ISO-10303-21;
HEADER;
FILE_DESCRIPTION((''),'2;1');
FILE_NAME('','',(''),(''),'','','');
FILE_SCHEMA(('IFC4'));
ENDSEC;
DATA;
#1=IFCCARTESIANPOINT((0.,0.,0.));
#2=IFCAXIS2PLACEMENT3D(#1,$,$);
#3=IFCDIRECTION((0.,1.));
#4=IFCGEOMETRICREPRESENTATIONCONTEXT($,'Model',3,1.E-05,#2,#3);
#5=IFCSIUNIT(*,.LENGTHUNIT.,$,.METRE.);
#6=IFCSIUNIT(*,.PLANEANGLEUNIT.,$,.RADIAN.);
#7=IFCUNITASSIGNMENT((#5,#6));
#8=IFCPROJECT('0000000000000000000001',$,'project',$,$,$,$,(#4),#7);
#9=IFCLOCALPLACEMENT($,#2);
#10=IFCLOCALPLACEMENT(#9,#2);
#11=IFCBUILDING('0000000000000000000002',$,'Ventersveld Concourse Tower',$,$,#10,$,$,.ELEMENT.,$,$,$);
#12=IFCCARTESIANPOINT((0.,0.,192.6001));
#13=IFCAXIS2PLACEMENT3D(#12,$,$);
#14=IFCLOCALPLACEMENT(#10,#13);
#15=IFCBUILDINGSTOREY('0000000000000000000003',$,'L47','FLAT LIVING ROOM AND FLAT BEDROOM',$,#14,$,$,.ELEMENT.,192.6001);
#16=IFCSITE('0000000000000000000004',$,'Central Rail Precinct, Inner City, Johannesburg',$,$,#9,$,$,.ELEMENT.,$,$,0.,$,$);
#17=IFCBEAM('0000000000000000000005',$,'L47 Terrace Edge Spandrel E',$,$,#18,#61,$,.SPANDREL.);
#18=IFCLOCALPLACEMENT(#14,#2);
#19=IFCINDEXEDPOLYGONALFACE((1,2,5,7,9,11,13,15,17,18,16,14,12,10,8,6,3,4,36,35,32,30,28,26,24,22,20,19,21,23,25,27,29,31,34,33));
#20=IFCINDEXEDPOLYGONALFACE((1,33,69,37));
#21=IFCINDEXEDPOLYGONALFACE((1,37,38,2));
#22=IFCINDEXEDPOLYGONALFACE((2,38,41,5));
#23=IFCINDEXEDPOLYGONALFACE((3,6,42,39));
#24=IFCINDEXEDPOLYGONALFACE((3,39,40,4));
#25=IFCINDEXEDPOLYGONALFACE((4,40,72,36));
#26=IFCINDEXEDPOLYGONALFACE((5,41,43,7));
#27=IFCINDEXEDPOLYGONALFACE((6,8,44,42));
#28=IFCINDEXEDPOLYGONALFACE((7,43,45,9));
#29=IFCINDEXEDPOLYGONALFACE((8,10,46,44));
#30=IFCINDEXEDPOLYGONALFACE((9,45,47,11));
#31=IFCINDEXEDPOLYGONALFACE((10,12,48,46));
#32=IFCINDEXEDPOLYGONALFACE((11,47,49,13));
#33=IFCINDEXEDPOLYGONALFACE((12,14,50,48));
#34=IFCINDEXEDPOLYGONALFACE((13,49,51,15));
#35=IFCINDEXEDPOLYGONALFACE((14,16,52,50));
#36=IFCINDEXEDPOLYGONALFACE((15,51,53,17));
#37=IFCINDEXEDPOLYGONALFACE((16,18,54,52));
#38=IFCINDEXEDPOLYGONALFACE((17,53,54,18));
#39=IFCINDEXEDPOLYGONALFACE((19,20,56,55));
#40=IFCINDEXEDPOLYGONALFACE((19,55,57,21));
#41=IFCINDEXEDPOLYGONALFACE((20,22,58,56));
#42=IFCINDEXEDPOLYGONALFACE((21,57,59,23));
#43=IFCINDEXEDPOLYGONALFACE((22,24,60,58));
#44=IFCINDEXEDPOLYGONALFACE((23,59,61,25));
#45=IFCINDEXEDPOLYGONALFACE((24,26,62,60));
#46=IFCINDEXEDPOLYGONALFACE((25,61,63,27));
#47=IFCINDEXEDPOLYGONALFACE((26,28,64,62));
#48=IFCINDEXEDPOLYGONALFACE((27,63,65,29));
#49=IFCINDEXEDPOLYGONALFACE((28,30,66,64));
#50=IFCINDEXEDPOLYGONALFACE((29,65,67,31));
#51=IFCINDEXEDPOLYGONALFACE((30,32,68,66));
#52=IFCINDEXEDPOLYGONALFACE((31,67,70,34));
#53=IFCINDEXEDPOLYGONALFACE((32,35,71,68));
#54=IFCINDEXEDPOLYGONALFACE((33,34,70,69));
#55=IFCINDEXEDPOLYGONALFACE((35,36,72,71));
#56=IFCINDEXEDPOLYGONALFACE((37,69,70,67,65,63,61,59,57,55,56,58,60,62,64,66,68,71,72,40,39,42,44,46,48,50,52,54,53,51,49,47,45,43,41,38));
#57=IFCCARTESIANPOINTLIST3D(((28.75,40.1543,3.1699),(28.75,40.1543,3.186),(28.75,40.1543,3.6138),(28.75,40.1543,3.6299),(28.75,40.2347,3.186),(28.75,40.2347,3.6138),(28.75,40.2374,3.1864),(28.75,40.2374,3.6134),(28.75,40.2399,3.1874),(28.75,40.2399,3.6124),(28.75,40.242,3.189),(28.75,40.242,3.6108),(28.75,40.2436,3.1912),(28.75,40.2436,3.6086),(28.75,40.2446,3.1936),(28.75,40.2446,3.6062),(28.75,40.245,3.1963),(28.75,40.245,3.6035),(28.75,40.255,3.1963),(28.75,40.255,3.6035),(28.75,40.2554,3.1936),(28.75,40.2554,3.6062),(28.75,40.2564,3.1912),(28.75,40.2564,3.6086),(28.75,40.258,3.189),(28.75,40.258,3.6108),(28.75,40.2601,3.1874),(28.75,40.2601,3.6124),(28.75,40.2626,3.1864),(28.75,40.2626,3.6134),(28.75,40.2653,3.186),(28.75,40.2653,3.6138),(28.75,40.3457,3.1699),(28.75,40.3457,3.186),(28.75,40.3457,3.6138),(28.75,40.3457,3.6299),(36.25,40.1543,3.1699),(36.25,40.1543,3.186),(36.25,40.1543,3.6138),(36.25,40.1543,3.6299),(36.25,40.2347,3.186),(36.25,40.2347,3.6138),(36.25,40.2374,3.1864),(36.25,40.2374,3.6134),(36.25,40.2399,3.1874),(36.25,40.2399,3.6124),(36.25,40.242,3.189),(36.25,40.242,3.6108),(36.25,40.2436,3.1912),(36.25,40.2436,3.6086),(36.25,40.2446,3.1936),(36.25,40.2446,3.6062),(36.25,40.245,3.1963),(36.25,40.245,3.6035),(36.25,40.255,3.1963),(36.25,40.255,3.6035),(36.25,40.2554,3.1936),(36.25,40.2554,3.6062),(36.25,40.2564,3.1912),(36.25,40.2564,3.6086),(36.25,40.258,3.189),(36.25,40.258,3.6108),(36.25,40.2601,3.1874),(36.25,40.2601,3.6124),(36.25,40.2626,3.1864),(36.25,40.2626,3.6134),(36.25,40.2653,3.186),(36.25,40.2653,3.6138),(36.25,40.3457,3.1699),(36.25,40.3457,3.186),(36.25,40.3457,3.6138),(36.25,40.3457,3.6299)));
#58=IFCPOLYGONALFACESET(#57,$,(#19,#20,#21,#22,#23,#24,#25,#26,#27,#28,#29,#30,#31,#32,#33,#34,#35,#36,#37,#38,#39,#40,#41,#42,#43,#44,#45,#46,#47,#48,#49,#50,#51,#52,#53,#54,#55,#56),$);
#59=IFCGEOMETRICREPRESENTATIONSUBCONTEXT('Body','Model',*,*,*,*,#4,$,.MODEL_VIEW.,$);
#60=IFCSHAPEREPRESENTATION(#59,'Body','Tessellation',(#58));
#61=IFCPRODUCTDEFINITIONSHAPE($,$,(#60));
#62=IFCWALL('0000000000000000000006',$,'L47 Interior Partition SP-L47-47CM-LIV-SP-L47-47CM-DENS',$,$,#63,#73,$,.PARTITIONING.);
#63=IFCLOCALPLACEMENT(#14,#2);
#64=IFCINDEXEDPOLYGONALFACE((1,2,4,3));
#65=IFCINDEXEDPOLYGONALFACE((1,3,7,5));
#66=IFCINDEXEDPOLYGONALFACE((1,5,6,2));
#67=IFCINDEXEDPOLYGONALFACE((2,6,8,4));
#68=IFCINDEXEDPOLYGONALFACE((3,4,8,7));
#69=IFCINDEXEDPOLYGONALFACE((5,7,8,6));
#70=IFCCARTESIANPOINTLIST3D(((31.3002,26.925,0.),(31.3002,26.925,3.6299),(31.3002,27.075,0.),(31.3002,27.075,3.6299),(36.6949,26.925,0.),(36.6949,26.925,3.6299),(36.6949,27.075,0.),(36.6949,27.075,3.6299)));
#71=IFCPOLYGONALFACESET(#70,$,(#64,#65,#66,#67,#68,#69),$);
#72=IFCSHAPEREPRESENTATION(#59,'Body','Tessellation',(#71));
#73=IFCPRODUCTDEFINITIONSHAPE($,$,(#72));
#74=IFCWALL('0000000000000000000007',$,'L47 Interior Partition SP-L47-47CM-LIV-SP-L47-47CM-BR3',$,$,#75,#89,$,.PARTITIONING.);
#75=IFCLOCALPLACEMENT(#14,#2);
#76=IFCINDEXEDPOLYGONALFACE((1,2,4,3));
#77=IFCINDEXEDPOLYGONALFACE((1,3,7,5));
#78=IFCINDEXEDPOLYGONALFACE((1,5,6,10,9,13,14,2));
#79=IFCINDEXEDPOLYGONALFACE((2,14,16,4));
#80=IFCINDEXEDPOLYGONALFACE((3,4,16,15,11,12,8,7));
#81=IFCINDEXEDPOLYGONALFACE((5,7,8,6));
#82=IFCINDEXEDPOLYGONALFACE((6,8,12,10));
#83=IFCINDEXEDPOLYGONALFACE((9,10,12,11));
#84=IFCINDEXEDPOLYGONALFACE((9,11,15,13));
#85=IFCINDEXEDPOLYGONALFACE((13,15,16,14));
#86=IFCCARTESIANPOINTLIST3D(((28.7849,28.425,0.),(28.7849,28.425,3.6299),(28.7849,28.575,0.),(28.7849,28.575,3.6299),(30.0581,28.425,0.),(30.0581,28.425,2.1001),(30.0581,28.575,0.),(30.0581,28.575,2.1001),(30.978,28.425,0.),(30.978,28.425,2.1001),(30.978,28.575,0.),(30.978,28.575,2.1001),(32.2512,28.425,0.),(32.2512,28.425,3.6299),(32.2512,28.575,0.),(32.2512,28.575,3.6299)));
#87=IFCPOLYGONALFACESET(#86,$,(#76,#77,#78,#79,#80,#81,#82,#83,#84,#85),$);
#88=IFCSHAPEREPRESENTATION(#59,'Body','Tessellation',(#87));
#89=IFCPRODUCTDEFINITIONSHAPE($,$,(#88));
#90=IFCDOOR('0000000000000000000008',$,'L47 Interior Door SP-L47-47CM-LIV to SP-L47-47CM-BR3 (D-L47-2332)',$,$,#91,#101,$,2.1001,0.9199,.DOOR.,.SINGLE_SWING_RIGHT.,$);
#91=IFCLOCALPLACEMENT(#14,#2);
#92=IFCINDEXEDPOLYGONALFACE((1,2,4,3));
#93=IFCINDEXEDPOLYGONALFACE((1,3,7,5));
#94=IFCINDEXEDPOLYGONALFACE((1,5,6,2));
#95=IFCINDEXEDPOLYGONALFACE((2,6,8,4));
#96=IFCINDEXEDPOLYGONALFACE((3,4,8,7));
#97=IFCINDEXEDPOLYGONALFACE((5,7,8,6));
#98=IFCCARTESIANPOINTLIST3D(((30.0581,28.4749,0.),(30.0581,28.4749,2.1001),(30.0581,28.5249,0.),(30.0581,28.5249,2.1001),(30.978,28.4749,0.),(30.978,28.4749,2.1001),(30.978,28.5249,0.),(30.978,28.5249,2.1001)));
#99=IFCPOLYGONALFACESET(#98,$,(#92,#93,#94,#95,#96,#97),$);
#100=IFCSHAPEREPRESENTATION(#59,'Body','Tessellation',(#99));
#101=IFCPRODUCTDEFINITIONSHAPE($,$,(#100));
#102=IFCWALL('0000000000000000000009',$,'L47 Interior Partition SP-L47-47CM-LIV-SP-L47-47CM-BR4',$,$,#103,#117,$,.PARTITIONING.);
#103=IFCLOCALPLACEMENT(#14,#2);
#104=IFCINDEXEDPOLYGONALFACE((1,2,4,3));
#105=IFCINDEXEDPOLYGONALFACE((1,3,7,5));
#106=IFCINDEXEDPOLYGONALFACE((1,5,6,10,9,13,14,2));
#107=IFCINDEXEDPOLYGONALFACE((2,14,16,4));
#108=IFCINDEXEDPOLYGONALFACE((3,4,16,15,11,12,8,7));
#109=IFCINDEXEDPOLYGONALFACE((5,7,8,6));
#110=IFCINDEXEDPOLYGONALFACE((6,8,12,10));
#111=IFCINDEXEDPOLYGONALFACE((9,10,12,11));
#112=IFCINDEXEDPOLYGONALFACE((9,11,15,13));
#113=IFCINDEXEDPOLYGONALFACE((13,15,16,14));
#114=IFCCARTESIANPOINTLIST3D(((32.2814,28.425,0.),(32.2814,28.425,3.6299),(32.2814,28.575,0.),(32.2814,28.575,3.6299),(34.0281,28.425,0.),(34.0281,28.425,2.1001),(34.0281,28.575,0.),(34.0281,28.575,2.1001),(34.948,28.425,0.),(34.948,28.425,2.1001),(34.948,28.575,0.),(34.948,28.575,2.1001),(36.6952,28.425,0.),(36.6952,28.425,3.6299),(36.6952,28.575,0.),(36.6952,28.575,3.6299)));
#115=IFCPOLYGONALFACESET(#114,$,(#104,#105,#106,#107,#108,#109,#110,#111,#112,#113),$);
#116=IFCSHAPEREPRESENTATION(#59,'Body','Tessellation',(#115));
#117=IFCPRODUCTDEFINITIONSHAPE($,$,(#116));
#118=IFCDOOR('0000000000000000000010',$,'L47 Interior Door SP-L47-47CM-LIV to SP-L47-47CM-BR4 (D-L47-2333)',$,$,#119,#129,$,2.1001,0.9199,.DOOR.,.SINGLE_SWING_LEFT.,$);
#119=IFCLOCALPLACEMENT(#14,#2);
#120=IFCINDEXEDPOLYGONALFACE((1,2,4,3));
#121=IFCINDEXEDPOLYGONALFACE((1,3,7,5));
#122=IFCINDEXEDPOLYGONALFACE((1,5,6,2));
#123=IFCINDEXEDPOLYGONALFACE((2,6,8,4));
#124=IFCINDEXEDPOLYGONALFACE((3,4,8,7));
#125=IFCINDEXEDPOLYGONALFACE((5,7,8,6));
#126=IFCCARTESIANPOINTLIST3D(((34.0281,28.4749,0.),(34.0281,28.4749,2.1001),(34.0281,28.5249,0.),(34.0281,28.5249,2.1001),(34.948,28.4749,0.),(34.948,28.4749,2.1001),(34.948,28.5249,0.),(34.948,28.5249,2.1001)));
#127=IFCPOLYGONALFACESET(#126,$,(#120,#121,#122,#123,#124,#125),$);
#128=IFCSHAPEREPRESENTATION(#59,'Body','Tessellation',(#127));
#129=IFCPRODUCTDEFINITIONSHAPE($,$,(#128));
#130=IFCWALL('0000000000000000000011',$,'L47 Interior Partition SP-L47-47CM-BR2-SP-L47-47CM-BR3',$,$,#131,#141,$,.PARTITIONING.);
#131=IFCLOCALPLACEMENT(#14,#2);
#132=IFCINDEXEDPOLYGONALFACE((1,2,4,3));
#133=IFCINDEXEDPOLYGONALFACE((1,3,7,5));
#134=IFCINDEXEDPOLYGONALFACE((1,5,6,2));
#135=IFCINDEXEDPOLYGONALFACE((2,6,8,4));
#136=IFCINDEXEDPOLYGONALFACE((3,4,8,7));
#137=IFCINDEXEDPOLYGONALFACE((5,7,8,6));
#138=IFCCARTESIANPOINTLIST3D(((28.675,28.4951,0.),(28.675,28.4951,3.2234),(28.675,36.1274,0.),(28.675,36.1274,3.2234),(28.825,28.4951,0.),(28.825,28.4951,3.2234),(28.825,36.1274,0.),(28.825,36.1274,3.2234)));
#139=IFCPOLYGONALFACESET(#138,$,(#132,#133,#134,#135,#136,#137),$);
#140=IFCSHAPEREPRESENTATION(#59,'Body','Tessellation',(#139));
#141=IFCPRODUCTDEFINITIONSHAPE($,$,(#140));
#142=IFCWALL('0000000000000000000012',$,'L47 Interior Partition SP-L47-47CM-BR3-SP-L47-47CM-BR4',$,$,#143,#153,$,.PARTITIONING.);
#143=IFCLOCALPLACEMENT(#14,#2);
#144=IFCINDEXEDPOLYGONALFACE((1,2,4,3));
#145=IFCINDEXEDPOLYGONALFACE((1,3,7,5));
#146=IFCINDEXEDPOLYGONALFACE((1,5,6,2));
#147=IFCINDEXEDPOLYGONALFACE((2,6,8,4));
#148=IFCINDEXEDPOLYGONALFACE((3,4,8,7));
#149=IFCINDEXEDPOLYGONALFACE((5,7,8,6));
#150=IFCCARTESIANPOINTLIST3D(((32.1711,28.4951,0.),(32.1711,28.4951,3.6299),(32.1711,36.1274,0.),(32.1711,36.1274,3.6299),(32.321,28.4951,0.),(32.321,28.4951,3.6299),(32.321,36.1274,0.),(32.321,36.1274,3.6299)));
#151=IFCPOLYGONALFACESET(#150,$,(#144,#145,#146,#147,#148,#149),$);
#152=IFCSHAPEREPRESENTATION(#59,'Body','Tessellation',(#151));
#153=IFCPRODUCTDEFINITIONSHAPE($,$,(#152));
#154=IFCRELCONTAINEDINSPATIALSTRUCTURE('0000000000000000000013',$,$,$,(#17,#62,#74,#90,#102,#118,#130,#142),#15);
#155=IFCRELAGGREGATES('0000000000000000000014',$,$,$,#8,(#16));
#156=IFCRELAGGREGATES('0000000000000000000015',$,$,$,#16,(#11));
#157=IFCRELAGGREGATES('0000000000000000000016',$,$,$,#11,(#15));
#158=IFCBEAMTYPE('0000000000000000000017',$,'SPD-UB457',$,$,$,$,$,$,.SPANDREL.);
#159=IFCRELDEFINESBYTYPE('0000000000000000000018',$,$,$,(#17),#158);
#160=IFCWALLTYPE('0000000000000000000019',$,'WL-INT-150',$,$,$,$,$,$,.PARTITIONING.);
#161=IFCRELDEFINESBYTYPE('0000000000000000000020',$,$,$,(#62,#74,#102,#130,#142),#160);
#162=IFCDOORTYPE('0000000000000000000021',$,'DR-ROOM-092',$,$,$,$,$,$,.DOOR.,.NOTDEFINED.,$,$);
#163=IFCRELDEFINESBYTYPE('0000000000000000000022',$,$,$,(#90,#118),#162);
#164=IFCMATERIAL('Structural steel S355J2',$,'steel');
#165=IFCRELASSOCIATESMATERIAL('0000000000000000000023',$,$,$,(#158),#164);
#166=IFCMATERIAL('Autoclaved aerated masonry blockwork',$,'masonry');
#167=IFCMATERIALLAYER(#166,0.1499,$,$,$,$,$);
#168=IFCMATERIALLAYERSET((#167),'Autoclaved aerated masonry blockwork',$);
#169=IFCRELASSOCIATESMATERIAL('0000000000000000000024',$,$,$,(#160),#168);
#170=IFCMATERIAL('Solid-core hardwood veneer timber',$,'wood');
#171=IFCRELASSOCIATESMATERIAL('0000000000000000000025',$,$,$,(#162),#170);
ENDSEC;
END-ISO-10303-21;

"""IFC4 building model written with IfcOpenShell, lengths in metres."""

from ifc_helpers import new_model, si_unit, direction, frame, frame_2d, origin, origin_2d, place, context, subcontext, project, spatial, rectangle, i_section, extrude, material, layer, layer_set, material_profile, profile_set, type_object, element, fill, save


model = new_model("IFC4")

# Units and contexts
model_context = context("Model", 3, precision=1e-05, world=origin(), true_north=direction((0.0, 1.0)))
body_context = subcontext(model_context, "Body", "Model", "MODEL_VIEW")
ifc_project = project(units=[si_unit("LENGTHUNIT", "METRE"), si_unit("PLANEANGLEUNIT", "RADIAN")], contexts=[model_context])

# Site, building, storey
site_placement = place(None, origin())
site = spatial("IfcSite", under=ifc_project, at=site_placement, Name="Central Rail Precinct, Inner City, Johannesburg", CompositionType="ELEMENT", RefElevation=0.0)
building_placement = place(site_placement, origin())
building = spatial("IfcBuilding", under=site, at=building_placement, Name="Ventersveld Concourse Tower", CompositionType="ELEMENT")
storey_placement = place(building_placement, frame((0.0, 0.0, 192.6001)))
storey = spatial("IfcBuildingStorey", under=building, at=storey_placement, Name="L47", Description="FLAT LIVING ROOM AND FLAT BEDROOM", CompositionType="ELEMENT", Elevation=192.6001)

# Beam
ifc_material_1 = material(Name="Structural steel S355J2", Category="steel")
ifc_material_profile_1 = material_profile(ifc_material_1, i_section(OverallWidth=0.1914, OverallDepth=0.46, WebThickness=0.01, FlangeThickness=0.0161, FilletRadius=0.0103, at=origin_2d()), Name="UB 457x191x82")
ifc_profile_set_1 = profile_set([ifc_material_profile_1], Name="Structural steel S355J2")
beam_type_1 = type_object("IfcBeamType", Name="SPD-UB457", PredefinedType="SPANDREL", material=ifc_profile_set_1)
beam_placement = place(storey_placement, frame((28.75, 40.25, 3.3999), z_axis=(1.0, 0.0, 0.0), x_axis=(0.0, 1.0, 0.0)))
element("IfcBeam", 1, at=beam_placement, inside=storey, type_object=beam_type_1, Name="L47 Terrace Edge Spandrel E", PredefinedType="SPANDREL", context=body_context, shape_type="SweptSolid", body=[
    extrude(i_section(OverallWidth=0.1914, OverallDepth=0.46, WebThickness=0.01, FlangeThickness=0.0161, FilletRadius=0.0103, at=origin_2d()), origin(), (0.0, 0.0, 1.0), 7.5),
])

# Wall
ifc_material_2 = material(Name="Autoclaved aerated masonry blockwork", Category="masonry")
ifc_layer_1 = layer(ifc_material_2, 0.1499)
ifc_layer_set_1 = layer_set([ifc_layer_1], Name="Autoclaved aerated masonry blockwork")
wall_type_1 = type_object("IfcWallType", Name="WL-INT-150", PredefinedType="PARTITIONING", material=ifc_layer_set_1)
wall_1_placement = place(storey_placement, frame((31.3003, 27.0, 0.0), z_axis=(0.0, 0.0, 1.0), x_axis=(1.0, 0.0, 0.0)))
element("IfcWall", 2, at=wall_1_placement, inside=storey, type_object=wall_type_1, Name="L47 Interior Partition SP-L47-47CM-LIV-SP-L47-47CM-DENS", PredefinedType="PARTITIONING", context=body_context, shape_type="SweptSolid", body=[
    extrude(rectangle(XDim=5.3948, YDim=0.1499, at=frame_2d((2.6973, 0.0))), origin(), (0.0, 0.0, 1.0), 3.6299),
])

# Walls, openings, doors
wall_2_placement = place(storey_placement, frame((28.7849, 28.5, 0.0), z_axis=(0.0, 0.0, 1.0), x_axis=(1.0, 0.0, 0.0)))
wall_2 = element("IfcWall", 3, at=wall_2_placement, inside=storey, type_object=wall_type_1, Name="L47 Interior Partition SP-L47-47CM-LIV-SP-L47-47CM-BR3", PredefinedType="PARTITIONING", context=body_context, shape_type="SweptSolid", body=[
    extrude(rectangle(XDim=3.4663, YDim=0.1499, at=frame_2d((1.7332, 0.0))), origin(), (0.0, 0.0, 1.0), 3.6299),
])
opening_1_placement = place(wall_2_placement, frame((1.2732, 0.0, 0.0)))
opening_1 = element("IfcOpeningElement", 4, at=opening_1_placement, cuts=wall_2, PredefinedType="OPENING", context=body_context, shape_type="SweptSolid", body=[
    extrude(rectangle(XDim=0.9199, YDim=2.1001, at=frame_2d((0.46, 1.05))), frame((0.0, 0.085, 0.0), z_axis=(0.0, -1.0, 0.0), x_axis=(1.0, 0.0, 0.0)), (0.0, 0.0, 1.0), 0.1699),
])
ifc_material_3 = material(Name="Solid-core hardwood veneer timber", Category="wood")
door_type_1 = type_object("IfcDoorType", Name="DR-ROOM-092", OperationType="NOTDEFINED", PredefinedType="DOOR", material=ifc_material_3)
door_1_placement = place(opening_1_placement, origin())
door_1 = element("IfcDoor", 5, at=door_1_placement, inside=storey, type_object=door_type_1, Name="L47 Interior Door SP-L47-47CM-LIV to SP-L47-47CM-BR3 (D-L47-2332)", OperationType="SINGLE_SWING_RIGHT", OverallHeight=2.1001, OverallWidth=0.9199, PredefinedType="DOOR", context=body_context, shape_type="SweptSolid", body=[
    extrude(rectangle(XDim=0.9199, YDim=2.1001, at=frame_2d((0.46, 1.05))), frame((0.0, 0.0249, 0.0), z_axis=(0.0, -1.0, 0.0), x_axis=(1.0, 0.0, 0.0)), (0.0, 0.0, 1.0), 0.05),
])
fill(opening_1, door_1)
wall_3_placement = place(storey_placement, frame((32.2812, 28.5, 0.0), z_axis=(0.0, 0.0, 1.0), x_axis=(1.0, 0.0, 0.0)))
wall_3 = element("IfcWall", 6, at=wall_3_placement, inside=storey, type_object=wall_type_1, Name="L47 Interior Partition SP-L47-47CM-LIV-SP-L47-47CM-BR4", PredefinedType="PARTITIONING", context=body_context, shape_type="SweptSolid", body=[
    extrude(rectangle(XDim=4.4138, YDim=0.1499, at=frame_2d((2.207, 0.0))), origin(), (0.0, 0.0, 1.0), 3.6299),
])
opening_2_placement = place(wall_3_placement, frame((1.7468, 0.0, 0.0)))
opening_2 = element("IfcOpeningElement", 7, at=opening_2_placement, cuts=wall_3, PredefinedType="OPENING", context=body_context, shape_type="SweptSolid", body=[
    extrude(rectangle(XDim=0.9199, YDim=2.1001, at=frame_2d((0.46, 1.05))), frame((0.0, 0.085, 0.0), z_axis=(0.0, -1.0, 0.0), x_axis=(1.0, 0.0, 0.0)), (0.0, 0.0, 1.0), 0.1699),
])
door_2_placement = place(opening_2_placement, origin())
door_2 = element("IfcDoor", 8, at=door_2_placement, inside=storey, type_object=door_type_1, Name="L47 Interior Door SP-L47-47CM-LIV to SP-L47-47CM-BR4 (D-L47-2333)", OperationType="SINGLE_SWING_LEFT", OverallHeight=2.1001, OverallWidth=0.9199, PredefinedType="DOOR", context=body_context, shape_type="SweptSolid", body=[
    extrude(rectangle(XDim=0.9199, YDim=2.1001, at=frame_2d((0.46, 1.05))), frame((0.0, 0.0249, 0.0), z_axis=(0.0, -1.0, 0.0), x_axis=(1.0, 0.0, 0.0)), (0.0, 0.0, 1.0), 0.05),
])
fill(opening_2, door_2)

# Walls
wall_4_placement = place(storey_placement, frame((28.75, 28.4951, 0.0), z_axis=(0.0, 0.0, 1.0), x_axis=(0.0, 1.0, 0.0)))
element("IfcWall", 9, at=wall_4_placement, inside=storey, type_object=wall_type_1, Name="L47 Interior Partition SP-L47-47CM-BR2-SP-L47-47CM-BR3", PredefinedType="PARTITIONING", context=body_context, shape_type="SweptSolid", body=[
    extrude(rectangle(XDim=7.6323, YDim=0.1499, at=frame_2d((3.8162, 0.0))), origin(), (0.0, 0.0, 1.0), 3.2234),
])
wall_5_placement = place(storey_placement, frame((32.2461, 28.4951, 0.0), z_axis=(0.0, 0.0, 1.0), x_axis=(0.0, 1.0, 0.0)))
element("IfcWall", 10, at=wall_5_placement, inside=storey, type_object=wall_type_1, Name="L47 Interior Partition SP-L47-47CM-BR3-SP-L47-47CM-BR4", PredefinedType="PARTITIONING", context=body_context, shape_type="SweptSolid", body=[
    extrude(rectangle(XDim=7.6323, YDim=0.1499, at=frame_2d((3.8162, 0.0))), origin(), (0.0, 0.0, 1.0), 3.6299),
])

save(model, "model.ifc")
